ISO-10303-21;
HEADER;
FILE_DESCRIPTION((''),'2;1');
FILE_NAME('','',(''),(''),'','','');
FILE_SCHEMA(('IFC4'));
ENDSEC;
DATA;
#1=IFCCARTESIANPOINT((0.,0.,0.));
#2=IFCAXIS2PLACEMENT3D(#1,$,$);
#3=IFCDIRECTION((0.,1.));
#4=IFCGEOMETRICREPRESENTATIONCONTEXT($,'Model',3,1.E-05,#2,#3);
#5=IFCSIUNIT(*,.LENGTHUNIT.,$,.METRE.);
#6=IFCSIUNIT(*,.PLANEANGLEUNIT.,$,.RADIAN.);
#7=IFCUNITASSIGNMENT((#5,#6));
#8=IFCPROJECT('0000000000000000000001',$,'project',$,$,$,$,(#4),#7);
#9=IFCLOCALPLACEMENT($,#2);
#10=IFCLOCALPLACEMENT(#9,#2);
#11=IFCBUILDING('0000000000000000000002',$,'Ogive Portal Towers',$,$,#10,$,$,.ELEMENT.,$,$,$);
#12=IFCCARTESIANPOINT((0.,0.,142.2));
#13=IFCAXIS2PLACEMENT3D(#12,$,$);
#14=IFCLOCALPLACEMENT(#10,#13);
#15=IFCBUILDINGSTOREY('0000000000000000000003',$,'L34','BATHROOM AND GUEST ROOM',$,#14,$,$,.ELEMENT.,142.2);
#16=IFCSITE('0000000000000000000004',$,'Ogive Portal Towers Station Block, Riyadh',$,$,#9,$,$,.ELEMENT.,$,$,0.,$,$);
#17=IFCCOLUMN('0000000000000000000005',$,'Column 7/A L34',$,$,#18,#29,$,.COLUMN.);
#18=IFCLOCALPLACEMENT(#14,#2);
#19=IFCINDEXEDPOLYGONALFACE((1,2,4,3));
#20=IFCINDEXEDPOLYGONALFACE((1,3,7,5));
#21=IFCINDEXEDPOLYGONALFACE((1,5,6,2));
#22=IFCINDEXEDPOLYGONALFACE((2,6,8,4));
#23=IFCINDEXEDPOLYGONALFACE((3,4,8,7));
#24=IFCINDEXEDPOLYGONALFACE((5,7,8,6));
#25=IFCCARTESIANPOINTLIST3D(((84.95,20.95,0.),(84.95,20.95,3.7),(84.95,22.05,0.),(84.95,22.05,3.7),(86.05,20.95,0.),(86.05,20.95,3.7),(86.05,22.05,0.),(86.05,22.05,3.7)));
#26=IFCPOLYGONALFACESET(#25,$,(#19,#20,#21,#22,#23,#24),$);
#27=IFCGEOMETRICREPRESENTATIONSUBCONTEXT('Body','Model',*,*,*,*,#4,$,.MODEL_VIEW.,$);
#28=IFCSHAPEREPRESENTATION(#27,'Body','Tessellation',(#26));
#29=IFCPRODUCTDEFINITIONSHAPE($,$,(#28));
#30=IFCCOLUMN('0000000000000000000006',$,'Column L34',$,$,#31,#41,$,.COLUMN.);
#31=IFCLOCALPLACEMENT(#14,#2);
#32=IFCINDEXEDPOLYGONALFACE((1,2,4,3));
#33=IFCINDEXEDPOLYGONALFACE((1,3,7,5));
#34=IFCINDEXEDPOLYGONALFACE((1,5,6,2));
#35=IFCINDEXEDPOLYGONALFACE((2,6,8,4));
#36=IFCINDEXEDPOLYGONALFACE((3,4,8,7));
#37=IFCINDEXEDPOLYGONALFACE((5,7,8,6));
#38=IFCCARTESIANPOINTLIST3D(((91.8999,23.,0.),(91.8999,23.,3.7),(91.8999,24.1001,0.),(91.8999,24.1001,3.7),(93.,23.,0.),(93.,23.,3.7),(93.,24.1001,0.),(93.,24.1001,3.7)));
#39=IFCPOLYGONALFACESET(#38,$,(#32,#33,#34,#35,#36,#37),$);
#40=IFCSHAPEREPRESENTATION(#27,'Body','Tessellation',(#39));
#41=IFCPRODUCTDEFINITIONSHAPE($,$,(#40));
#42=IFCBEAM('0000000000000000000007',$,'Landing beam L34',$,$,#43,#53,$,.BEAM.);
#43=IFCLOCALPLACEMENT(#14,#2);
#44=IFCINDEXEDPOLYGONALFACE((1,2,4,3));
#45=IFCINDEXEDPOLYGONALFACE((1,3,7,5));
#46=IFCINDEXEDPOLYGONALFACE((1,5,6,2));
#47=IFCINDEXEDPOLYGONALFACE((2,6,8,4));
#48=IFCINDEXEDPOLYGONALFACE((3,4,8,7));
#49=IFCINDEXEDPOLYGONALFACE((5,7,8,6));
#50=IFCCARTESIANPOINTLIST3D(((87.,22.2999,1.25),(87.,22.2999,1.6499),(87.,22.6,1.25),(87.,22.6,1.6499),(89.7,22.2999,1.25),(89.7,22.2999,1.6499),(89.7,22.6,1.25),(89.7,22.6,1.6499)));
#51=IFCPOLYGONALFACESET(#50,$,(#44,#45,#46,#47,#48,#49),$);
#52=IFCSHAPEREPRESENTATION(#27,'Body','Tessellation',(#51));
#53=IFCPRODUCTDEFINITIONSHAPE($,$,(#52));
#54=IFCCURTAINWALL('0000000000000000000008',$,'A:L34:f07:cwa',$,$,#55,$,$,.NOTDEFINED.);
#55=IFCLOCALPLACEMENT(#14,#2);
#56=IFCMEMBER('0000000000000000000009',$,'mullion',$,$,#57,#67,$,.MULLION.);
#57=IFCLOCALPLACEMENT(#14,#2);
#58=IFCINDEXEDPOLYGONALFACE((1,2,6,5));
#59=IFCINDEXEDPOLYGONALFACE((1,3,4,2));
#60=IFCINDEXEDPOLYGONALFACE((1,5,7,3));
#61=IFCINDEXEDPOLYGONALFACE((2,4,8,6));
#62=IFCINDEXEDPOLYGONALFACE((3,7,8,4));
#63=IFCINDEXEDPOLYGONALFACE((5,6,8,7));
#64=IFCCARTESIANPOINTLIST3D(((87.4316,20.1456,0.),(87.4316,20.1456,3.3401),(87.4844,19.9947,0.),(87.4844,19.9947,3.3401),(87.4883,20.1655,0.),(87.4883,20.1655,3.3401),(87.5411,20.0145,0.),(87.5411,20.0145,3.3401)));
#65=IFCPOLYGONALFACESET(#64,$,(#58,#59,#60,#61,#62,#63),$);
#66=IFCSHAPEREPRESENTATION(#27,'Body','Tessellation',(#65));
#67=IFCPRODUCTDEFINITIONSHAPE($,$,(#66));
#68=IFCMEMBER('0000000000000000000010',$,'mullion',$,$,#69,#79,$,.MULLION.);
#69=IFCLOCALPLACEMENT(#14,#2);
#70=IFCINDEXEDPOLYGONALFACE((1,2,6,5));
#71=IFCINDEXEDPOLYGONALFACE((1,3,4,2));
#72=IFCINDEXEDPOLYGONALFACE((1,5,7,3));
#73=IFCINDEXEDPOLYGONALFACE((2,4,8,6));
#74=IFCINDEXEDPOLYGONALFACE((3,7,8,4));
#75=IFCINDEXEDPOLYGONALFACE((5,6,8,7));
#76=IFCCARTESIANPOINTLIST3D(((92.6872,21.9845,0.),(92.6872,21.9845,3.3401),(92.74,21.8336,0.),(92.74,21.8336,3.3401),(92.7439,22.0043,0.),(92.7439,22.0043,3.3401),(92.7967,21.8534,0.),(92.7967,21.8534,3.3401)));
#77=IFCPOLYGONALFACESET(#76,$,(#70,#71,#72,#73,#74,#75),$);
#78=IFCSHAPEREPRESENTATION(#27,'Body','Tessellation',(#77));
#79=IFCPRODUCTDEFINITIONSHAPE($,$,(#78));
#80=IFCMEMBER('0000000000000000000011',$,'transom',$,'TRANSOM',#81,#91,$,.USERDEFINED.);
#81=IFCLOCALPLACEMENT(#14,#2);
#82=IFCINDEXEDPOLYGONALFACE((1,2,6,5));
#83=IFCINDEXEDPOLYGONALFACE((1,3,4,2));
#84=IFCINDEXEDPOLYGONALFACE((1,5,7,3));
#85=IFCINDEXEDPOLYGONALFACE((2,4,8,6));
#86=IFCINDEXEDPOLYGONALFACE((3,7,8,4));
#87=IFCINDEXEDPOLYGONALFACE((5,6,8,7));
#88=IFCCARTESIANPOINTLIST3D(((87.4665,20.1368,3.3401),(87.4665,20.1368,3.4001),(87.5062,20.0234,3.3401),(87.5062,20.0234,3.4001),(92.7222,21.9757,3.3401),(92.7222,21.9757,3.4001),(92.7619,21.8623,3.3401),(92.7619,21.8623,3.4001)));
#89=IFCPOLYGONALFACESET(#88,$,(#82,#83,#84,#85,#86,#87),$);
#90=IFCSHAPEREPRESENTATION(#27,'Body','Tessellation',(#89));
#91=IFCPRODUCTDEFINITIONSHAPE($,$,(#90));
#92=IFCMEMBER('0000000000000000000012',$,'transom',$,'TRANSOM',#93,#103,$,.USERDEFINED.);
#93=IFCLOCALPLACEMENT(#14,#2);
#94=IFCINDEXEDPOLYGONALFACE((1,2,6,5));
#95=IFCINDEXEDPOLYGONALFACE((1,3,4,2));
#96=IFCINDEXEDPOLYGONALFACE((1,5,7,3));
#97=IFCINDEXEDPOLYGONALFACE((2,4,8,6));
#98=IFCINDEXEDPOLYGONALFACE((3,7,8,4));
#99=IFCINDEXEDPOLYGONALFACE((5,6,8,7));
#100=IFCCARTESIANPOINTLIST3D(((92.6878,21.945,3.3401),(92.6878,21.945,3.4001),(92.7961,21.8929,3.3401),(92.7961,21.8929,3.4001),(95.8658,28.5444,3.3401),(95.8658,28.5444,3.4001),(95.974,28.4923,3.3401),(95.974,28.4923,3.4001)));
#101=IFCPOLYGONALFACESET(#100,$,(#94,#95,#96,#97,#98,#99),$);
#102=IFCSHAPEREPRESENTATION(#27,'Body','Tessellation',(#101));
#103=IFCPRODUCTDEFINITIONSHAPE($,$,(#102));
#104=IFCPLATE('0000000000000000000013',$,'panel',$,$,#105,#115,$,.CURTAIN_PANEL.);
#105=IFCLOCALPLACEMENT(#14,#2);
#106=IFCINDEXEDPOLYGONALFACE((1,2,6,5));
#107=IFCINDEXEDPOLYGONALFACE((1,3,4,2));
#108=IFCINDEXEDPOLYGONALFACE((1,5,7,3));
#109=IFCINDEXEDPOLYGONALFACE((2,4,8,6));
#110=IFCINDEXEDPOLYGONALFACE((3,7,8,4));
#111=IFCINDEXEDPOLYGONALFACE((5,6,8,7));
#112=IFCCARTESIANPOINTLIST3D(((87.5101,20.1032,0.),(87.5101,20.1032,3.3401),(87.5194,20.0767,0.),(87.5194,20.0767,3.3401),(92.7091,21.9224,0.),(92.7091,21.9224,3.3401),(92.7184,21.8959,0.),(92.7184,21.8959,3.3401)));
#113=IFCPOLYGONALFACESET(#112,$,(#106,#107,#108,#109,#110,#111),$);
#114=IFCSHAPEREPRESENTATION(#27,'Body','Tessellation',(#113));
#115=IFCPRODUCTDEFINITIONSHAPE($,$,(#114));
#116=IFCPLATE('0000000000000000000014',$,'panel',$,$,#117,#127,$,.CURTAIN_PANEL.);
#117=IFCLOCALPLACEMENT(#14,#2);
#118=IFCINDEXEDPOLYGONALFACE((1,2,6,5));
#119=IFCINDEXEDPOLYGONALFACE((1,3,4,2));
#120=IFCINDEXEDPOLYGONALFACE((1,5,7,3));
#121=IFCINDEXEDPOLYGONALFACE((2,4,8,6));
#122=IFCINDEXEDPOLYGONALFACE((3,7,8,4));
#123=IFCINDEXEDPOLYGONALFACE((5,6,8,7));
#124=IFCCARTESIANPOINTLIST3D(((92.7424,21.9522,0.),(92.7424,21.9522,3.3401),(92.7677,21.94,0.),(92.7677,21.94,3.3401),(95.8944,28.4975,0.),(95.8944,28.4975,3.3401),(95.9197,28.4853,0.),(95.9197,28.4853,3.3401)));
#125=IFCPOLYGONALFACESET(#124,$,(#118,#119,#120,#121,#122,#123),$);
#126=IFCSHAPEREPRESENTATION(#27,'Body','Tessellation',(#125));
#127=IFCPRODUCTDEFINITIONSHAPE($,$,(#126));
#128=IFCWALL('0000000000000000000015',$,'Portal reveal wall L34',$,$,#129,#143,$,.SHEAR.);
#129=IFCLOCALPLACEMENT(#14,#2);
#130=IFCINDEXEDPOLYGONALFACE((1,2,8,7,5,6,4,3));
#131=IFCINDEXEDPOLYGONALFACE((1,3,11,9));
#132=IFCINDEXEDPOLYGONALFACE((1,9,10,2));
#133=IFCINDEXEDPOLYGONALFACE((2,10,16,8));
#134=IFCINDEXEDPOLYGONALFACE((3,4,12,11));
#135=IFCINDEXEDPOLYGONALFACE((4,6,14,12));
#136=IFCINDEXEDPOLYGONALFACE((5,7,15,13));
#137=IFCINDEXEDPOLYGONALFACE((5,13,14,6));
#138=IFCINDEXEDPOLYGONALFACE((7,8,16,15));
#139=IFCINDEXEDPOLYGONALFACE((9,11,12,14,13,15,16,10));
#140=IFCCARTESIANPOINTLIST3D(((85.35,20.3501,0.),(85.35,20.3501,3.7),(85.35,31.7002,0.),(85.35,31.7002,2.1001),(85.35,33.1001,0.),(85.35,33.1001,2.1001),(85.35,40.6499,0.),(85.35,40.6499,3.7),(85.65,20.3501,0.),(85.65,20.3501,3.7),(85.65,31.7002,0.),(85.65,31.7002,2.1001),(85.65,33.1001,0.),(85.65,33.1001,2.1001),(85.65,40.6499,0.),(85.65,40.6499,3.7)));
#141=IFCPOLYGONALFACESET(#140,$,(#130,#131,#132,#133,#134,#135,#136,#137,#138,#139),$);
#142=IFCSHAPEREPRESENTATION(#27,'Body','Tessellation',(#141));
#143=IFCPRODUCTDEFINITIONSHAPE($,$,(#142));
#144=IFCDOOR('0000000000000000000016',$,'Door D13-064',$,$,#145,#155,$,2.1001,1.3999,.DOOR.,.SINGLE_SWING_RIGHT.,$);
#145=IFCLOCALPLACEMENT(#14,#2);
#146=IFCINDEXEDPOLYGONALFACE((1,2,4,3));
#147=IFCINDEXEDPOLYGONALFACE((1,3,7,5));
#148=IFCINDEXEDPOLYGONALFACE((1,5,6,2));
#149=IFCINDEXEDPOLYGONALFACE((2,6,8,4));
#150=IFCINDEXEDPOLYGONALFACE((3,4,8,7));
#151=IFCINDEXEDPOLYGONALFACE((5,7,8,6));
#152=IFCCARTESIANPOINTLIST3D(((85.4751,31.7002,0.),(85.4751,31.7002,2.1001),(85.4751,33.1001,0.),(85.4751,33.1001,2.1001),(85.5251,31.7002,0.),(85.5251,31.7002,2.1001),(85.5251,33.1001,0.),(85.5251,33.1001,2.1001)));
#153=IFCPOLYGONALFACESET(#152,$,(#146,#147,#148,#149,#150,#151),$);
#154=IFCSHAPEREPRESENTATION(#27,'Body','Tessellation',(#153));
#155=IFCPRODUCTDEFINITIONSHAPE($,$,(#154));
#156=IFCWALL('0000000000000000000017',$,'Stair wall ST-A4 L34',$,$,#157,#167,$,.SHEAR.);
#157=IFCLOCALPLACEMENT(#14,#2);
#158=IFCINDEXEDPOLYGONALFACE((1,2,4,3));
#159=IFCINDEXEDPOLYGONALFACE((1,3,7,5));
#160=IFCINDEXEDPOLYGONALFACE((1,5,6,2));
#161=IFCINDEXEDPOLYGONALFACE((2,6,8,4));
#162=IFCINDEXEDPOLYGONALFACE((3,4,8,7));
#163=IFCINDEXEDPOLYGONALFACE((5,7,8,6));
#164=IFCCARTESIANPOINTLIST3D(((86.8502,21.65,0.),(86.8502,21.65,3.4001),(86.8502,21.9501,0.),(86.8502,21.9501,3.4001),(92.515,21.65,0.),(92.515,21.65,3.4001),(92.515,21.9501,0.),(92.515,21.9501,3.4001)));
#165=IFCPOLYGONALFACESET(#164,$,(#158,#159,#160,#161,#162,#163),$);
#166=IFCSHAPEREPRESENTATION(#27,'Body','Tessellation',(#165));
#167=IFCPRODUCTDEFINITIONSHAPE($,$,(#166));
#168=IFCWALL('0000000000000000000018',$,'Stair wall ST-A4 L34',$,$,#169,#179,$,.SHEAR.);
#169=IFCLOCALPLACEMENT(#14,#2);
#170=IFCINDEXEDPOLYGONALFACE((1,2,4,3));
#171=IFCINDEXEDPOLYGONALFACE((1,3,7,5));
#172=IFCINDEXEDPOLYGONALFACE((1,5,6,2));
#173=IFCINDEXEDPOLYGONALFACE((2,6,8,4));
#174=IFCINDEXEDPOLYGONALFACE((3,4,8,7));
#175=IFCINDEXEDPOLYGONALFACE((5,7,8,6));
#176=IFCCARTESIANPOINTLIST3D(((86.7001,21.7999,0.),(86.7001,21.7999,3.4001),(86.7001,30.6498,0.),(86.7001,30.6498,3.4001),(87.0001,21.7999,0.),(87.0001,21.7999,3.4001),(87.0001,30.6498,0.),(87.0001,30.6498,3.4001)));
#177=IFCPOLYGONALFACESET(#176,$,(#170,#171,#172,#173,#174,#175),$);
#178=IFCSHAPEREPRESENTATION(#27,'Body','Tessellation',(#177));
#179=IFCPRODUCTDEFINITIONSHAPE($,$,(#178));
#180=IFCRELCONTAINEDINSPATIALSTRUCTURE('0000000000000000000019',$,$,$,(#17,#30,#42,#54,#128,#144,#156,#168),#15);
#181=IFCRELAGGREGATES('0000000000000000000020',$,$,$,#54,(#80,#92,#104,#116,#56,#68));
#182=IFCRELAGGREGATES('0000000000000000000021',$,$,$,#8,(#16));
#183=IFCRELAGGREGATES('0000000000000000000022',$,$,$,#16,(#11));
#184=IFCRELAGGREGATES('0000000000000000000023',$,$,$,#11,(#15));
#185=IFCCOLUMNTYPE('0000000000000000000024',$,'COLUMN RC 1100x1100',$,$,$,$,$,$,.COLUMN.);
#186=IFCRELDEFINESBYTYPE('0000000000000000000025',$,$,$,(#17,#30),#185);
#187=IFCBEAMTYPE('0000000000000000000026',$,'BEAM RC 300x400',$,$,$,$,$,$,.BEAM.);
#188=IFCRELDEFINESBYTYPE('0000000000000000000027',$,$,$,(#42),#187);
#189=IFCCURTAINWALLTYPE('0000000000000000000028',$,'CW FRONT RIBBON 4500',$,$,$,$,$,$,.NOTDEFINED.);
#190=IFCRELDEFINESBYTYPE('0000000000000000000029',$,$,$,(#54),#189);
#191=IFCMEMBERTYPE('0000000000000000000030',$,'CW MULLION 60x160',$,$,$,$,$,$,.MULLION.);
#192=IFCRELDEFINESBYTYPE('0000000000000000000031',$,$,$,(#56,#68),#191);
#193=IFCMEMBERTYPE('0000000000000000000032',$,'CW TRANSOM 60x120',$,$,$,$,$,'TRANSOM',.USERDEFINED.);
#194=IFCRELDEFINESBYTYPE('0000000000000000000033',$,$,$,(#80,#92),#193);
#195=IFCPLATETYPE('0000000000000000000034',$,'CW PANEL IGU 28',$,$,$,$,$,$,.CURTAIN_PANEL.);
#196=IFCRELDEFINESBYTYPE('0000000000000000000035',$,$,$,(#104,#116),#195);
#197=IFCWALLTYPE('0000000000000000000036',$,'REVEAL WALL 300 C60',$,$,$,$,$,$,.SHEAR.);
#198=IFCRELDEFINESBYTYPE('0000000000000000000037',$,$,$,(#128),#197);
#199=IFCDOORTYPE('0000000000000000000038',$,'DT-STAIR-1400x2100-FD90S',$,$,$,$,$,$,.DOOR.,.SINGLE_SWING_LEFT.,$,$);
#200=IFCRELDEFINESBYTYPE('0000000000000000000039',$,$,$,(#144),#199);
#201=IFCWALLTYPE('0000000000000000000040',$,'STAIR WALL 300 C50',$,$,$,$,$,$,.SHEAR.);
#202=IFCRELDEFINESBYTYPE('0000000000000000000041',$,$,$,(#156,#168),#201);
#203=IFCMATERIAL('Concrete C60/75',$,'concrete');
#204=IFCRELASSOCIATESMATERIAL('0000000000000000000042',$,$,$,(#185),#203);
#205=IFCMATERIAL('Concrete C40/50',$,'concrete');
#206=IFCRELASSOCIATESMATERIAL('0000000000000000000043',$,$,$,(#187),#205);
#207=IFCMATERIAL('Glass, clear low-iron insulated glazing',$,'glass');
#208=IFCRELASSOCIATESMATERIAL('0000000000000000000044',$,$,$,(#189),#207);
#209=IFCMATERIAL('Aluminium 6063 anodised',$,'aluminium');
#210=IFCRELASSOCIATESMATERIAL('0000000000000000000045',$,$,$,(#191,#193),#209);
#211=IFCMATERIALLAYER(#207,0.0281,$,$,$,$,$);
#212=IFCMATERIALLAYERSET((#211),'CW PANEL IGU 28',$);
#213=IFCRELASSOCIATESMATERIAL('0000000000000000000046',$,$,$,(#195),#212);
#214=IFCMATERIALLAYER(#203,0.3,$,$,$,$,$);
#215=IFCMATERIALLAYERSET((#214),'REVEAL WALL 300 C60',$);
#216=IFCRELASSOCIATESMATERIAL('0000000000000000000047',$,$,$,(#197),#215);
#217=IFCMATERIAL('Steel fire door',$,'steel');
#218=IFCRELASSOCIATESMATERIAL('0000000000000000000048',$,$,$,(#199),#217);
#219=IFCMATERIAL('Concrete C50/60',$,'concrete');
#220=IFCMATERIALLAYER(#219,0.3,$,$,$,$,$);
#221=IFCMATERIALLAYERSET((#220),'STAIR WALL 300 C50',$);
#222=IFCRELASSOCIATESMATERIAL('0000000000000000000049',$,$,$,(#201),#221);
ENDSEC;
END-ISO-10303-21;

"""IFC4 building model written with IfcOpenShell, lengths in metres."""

from ifc_helpers import new_model, si_unit, direction, frame, frame_2d, origin, origin_2d, place, context, subcontext, project, spatial, rectangle, extrude, material, layer, layer_set, material_profile, profile_set, type_object, element, fill, aggregate, save


model = new_model("IFC4")

# Units and contexts
model_context = context("Model", 3, precision=1e-05, world=origin(), true_north=direction((0.0, 1.0)))
body_context = subcontext(model_context, "Body", "Model", "MODEL_VIEW")
ifc_project = project(units=[si_unit("LENGTHUNIT", "METRE"), si_unit("PLANEANGLEUNIT", "RADIAN")], contexts=[model_context])

# Site, building, storey
site_placement = place(None, origin())
site = spatial("IfcSite", under=ifc_project, at=site_placement, Name="Ogive Portal Towers Station Block, Riyadh", CompositionType="ELEMENT", RefElevation=0.0)
building_placement = place(site_placement, origin())
building = spatial("IfcBuilding", under=site, at=building_placement, Name="Ogive Portal Towers", CompositionType="ELEMENT")
storey_placement = place(building_placement, frame((0.0, 0.0, 142.2)))
storey = spatial("IfcBuildingStorey", under=building, at=storey_placement, Name="L34", Description="BATHROOM AND GUEST ROOM", CompositionType="ELEMENT", Elevation=142.2)

# Columns
ifc_material_1 = material(Name="Concrete C60/75", Category="concrete")
ifc_material_profile_1 = material_profile(ifc_material_1, rectangle(XDim=1.1001, YDim=1.1001, at=origin_2d()), Name="RC 1100x1100")
ifc_profile_set_1 = profile_set([ifc_material_profile_1], Name="Concrete C60/75")
column_type = type_object("IfcColumnType", Name="COLUMN RC 1100x1100", PredefinedType="COLUMN", material=ifc_profile_set_1)
for number, where, z_axis, x_axis, name in (
    (1, (85.5, 21.5, 0.0), (0.0, 0.0, 1.0), (1.0, 0.0, 0.0), "Column 7/A L34"),
    (2, (92.45, 23.55, 0.0), (0.0, 0.0, 1.0), (1.0, 0.0, 0.0), "Column L34"),
):
    element("IfcColumn", number, at=place(storey_placement, frame(where, z_axis=z_axis, x_axis=x_axis)), inside=storey, type_object=column_type, Name=name, PredefinedType="COLUMN", context=body_context, shape_type="SweptSolid", body=[
        extrude(rectangle(XDim=1.1001, YDim=1.1001, at=origin_2d()), origin(), (0.0, 0.0, 1.0), 3.7),
    ])

# Beam
ifc_material_2 = material(Name="Concrete C40/50", Category="concrete")
ifc_material_profile_2 = material_profile(ifc_material_2, rectangle(XDim=0.3, YDim=0.3999, at=origin_2d()), Name="RC 300x400")
ifc_profile_set_2 = profile_set([ifc_material_profile_2], Name="Concrete C40/50")
beam_type = type_object("IfcBeamType", Name="BEAM RC 300x400", PredefinedType="BEAM", material=ifc_profile_set_2)
beam_placement = place(storey_placement, frame((87.0, 22.45, 1.45), z_axis=(1.0, 0.0, 0.0), x_axis=(0.0, 1.0, 0.0)))
element("IfcBeam", 3, at=beam_placement, inside=storey, type_object=beam_type, Name="Landing beam L34", PredefinedType="BEAM", context=body_context, shape_type="SweptSolid", body=[
    extrude(rectangle(XDim=0.3, YDim=0.3999, at=origin_2d()), origin(), (0.0, 0.0, 1.0), 2.7),
])

# Curtain wall, members, plates
ifc_material_3 = material(Name="Glass, clear low-iron insulated glazing", Category="glass")
curtain_wall_type = type_object("IfcCurtainWallType", Name="CW FRONT RIBBON 4500", PredefinedType="NOTDEFINED", material=ifc_material_3)
curtain_wall_placement = place(storey_placement, origin())
curtain_wall = element("IfcCurtainWall", 4, at=curtain_wall_placement, inside=storey, type_object=curtain_wall_type, Name="A:L34:f07:cwa", PredefinedType="NOTDEFINED")
ifc_material_4 = material(Name="Aluminium 6063 anodised", Category="aluminium")
ifc_material_profile_3 = material_profile(ifc_material_4, rectangle(XDim=0.1599, YDim=0.0601, at=origin_2d()), Name="AL 60x160")
ifc_profile_set_3 = profile_set([ifc_material_profile_3], Name="Aluminium 6063 anodised")
member_type_1 = type_object("IfcMemberType", Name="CW MULLION 60x160", PredefinedType="MULLION", material=ifc_profile_set_3)
member_1_placement = place(storey_placement, frame((87.4863, 20.0801, 0.0), z_axis=(0.0, 0.0, 1.0), x_axis=(-0.330279, 0.943883, 0.0)))
member_1 = element("IfcMember", 5, at=member_1_placement, type_object=member_type_1, Name="mullion", PredefinedType="MULLION", context=body_context, shape_type="SweptSolid", body=[
    extrude(rectangle(XDim=0.1599, YDim=0.0601, at=origin_2d()), origin(), (0.0, 0.0, 1.0), 3.3401),
])
member_2_placement = place(storey_placement, frame((92.7419, 21.9189, 0.0), z_axis=(0.0, 0.0, 1.0), x_axis=(-0.330279, 0.943883, 0.0)))
member_2 = element("IfcMember", 6, at=member_2_placement, type_object=member_type_1, Name="mullion", PredefinedType="MULLION", context=body_context, shape_type="SweptSolid", body=[
    extrude(rectangle(XDim=0.1599, YDim=0.0601, at=origin_2d()), origin(), (0.0, 0.0, 1.0), 3.3401),
])
ifc_material_profile_4 = material_profile(ifc_material_4, rectangle(XDim=0.1201, YDim=0.0601, at=origin_2d()), Name="AL 120x60")
ifc_profile_set_4 = profile_set([ifc_material_profile_4], Name="Aluminium 6063 anodised")
member_type_2 = type_object("IfcMemberType", Name="CW TRANSOM 60x120", ElementType="TRANSOM", PredefinedType="USERDEFINED", material=ifc_profile_set_4)
member_3_placement = place(storey_placement, frame((87.4863, 20.0801, 3.3701), z_axis=(0.943892, 0.330255, 0.0), x_axis=(-0.330255, 0.943892, 0.0)))
member_3 = element("IfcMember", 7, at=member_3_placement, type_object=member_type_2, Name="transom", ObjectType="TRANSOM", PredefinedType="USERDEFINED", context=body_context, shape_type="SweptSolid", body=[
    extrude(rectangle(XDim=0.1201, YDim=0.0601, at=origin_2d()), origin(), (0.0, 0.0, 1.0), 5.5681),
])
member_4_placement = place(storey_placement, frame((92.7419, 21.9189, 3.3701), z_axis=(0.433872, 0.900975, 0.0), x_axis=(-0.900975, 0.433872, 0.0)))
member_4 = element("IfcMember", 8, at=member_4_placement, type_object=member_type_2, Name="transom", ObjectType="TRANSOM", PredefinedType="USERDEFINED", context=body_context, shape_type="SweptSolid", body=[
    extrude(rectangle(XDim=0.1201, YDim=0.0601, at=origin_2d()), origin(), (0.0, 0.0, 1.0), 7.3247),
])
ifc_layer_1 = layer(ifc_material_3, 0.0281)
ifc_layer_set_1 = layer_set([ifc_layer_1], Name="CW PANEL IGU 28")
plate_type = type_object("IfcPlateType", Name="CW PANEL IGU 28", PredefinedType="CURTAIN_PANEL", material=ifc_layer_set_1)
plate_1_placement = place(storey_placement, frame((90.1143, 20.9995, 0.0), z_axis=(0.0, 0.0, 1.0), x_axis=(0.943883, 0.330279, 0.0)))
plate_1 = element("IfcPlate", 9, at=plate_1_placement, type_object=plate_type, Name="panel", PredefinedType="CURTAIN_PANEL", context=body_context, shape_type="SweptSolid", body=[
    extrude(rectangle(XDim=5.5081, YDim=0.0281, at=origin_2d()), origin(), (0.0, 0.0, 1.0), 3.3401),
])
plate_2_placement = place(storey_placement, frame((94.3311, 25.2188, 0.0), z_axis=(0.0, 0.0, 1.0), x_axis=(0.433884, 0.900969, 0.0)))
plate_2 = element("IfcPlate", 10, at=plate_2_placement, type_object=plate_type, Name="panel", PredefinedType="CURTAIN_PANEL", context=body_context, shape_type="SweptSolid", body=[
    extrude(rectangle(XDim=7.2646, YDim=0.0281, at=origin_2d()), origin(), (0.0, 0.0, 1.0), 3.3401),
])
aggregate(curtain_wall, [member_3, member_4, plate_1, plate_2, member_1, member_2])

# Wall, opening, door
ifc_layer_2 = layer(ifc_material_1, 0.3)
ifc_layer_set_2 = layer_set([ifc_layer_2], Name="REVEAL WALL 300 C60")
wall_type_1 = type_object("IfcWallType", Name="REVEAL WALL 300 C60", PredefinedType="SHEAR", material=ifc_layer_set_2)
wall_1_placement = place(storey_placement, frame((85.5, 20.3501, 0.0), z_axis=(0.0, 0.0, 1.0), x_axis=(0.0, 1.0, 0.0)))
wall_1 = element("IfcWall", 11, at=wall_1_placement, inside=storey, type_object=wall_type_1, Name="Portal reveal wall L34", PredefinedType="SHEAR", context=body_context, shape_type="SweptSolid", body=[
    extrude(rectangle(XDim=20.2998, YDim=0.3, at=frame_2d((10.1499, 0.0))), origin(), (0.0, 0.0, 1.0), 3.7),
])
opening_placement = place(wall_1_placement, frame((11.3501, 0.0, 0.0)))
opening = element("IfcOpeningElement", 12, at=opening_placement, cuts=wall_1, PredefinedType="OPENING", context=body_context, shape_type="SweptSolid", body=[
    extrude(rectangle(XDim=1.3999, YDim=2.1001, at=frame_2d((0.7, 1.05))), frame((0.0, 0.1602, 0.0), z_axis=(0.0, -1.0, 0.0), x_axis=(1.0, 0.0, 0.0)), (0.0, 0.0, 1.0), 0.3201),
])
ifc_material_5 = material(Name="Steel fire door", Category="steel")
door_type = type_object("IfcDoorType", Name="DT-STAIR-1400x2100-FD90S", OperationType="SINGLE_SWING_LEFT", PredefinedType="DOOR", material=ifc_material_5)
door_placement = place(opening_placement, origin())
door = element("IfcDoor", 13, at=door_placement, inside=storey, type_object=door_type, Name="Door D13-064", OperationType="SINGLE_SWING_RIGHT", OverallHeight=2.1001, OverallWidth=1.3999, PredefinedType="DOOR", context=body_context, shape_type="SweptSolid", body=[
    extrude(rectangle(XDim=1.3999, YDim=2.1001, at=frame_2d((0.7, 1.05))), frame((0.0, 0.0249, 0.0), z_axis=(0.0, -1.0, 0.0), x_axis=(1.0, 0.0, 0.0)), (0.0, 0.0, 1.0), 0.05),
])
fill(opening, door)

# Walls
ifc_material_6 = material(Name="Concrete C50/60", Category="concrete")
ifc_layer_3 = layer(ifc_material_6, 0.3)
ifc_layer_set_3 = layer_set([ifc_layer_3], Name="STAIR WALL 300 C50")
wall_type_2 = type_object("IfcWallType", Name="STAIR WALL 300 C50", PredefinedType="SHEAR", material=ifc_layer_set_3)
wall_2_placement = place(storey_placement, frame((86.8501, 21.8, 0.0), z_axis=(0.0, 0.0, 1.0), x_axis=(1.0, 0.0, 0.0)))
element("IfcWall", 14, at=wall_2_placement, inside=storey, type_object=wall_type_2, Name="Stair wall ST-A4 L34", PredefinedType="SHEAR", context=body_context, shape_type="SweptSolid", body=[
    extrude(rectangle(XDim=5.6648, YDim=0.3, at=frame_2d((2.8325, 0.0))), origin(), (0.0, 0.0, 1.0), 3.4001),
])
for number, where, z_axis, x_axis, name in (
    (15, (86.8501, 21.8, 0.0), (0.0, 0.0, 1.0), (0.0, 1.0, 0.0), "Stair wall ST-A4 L34"),
):
    element("IfcWall", number, at=place(storey_placement, frame(where, z_axis=z_axis, x_axis=x_axis)), inside=storey, type_object=wall_type_2, Name=name, PredefinedType="SHEAR", context=body_context, shape_type="SweptSolid", body=[
        extrude(rectangle(XDim=8.8499, YDim=0.3, at=frame_2d((4.4248, 0.0))), origin(), (0.0, 0.0, 1.0), 3.4001),
    ])

save(model, "model.ifc")
